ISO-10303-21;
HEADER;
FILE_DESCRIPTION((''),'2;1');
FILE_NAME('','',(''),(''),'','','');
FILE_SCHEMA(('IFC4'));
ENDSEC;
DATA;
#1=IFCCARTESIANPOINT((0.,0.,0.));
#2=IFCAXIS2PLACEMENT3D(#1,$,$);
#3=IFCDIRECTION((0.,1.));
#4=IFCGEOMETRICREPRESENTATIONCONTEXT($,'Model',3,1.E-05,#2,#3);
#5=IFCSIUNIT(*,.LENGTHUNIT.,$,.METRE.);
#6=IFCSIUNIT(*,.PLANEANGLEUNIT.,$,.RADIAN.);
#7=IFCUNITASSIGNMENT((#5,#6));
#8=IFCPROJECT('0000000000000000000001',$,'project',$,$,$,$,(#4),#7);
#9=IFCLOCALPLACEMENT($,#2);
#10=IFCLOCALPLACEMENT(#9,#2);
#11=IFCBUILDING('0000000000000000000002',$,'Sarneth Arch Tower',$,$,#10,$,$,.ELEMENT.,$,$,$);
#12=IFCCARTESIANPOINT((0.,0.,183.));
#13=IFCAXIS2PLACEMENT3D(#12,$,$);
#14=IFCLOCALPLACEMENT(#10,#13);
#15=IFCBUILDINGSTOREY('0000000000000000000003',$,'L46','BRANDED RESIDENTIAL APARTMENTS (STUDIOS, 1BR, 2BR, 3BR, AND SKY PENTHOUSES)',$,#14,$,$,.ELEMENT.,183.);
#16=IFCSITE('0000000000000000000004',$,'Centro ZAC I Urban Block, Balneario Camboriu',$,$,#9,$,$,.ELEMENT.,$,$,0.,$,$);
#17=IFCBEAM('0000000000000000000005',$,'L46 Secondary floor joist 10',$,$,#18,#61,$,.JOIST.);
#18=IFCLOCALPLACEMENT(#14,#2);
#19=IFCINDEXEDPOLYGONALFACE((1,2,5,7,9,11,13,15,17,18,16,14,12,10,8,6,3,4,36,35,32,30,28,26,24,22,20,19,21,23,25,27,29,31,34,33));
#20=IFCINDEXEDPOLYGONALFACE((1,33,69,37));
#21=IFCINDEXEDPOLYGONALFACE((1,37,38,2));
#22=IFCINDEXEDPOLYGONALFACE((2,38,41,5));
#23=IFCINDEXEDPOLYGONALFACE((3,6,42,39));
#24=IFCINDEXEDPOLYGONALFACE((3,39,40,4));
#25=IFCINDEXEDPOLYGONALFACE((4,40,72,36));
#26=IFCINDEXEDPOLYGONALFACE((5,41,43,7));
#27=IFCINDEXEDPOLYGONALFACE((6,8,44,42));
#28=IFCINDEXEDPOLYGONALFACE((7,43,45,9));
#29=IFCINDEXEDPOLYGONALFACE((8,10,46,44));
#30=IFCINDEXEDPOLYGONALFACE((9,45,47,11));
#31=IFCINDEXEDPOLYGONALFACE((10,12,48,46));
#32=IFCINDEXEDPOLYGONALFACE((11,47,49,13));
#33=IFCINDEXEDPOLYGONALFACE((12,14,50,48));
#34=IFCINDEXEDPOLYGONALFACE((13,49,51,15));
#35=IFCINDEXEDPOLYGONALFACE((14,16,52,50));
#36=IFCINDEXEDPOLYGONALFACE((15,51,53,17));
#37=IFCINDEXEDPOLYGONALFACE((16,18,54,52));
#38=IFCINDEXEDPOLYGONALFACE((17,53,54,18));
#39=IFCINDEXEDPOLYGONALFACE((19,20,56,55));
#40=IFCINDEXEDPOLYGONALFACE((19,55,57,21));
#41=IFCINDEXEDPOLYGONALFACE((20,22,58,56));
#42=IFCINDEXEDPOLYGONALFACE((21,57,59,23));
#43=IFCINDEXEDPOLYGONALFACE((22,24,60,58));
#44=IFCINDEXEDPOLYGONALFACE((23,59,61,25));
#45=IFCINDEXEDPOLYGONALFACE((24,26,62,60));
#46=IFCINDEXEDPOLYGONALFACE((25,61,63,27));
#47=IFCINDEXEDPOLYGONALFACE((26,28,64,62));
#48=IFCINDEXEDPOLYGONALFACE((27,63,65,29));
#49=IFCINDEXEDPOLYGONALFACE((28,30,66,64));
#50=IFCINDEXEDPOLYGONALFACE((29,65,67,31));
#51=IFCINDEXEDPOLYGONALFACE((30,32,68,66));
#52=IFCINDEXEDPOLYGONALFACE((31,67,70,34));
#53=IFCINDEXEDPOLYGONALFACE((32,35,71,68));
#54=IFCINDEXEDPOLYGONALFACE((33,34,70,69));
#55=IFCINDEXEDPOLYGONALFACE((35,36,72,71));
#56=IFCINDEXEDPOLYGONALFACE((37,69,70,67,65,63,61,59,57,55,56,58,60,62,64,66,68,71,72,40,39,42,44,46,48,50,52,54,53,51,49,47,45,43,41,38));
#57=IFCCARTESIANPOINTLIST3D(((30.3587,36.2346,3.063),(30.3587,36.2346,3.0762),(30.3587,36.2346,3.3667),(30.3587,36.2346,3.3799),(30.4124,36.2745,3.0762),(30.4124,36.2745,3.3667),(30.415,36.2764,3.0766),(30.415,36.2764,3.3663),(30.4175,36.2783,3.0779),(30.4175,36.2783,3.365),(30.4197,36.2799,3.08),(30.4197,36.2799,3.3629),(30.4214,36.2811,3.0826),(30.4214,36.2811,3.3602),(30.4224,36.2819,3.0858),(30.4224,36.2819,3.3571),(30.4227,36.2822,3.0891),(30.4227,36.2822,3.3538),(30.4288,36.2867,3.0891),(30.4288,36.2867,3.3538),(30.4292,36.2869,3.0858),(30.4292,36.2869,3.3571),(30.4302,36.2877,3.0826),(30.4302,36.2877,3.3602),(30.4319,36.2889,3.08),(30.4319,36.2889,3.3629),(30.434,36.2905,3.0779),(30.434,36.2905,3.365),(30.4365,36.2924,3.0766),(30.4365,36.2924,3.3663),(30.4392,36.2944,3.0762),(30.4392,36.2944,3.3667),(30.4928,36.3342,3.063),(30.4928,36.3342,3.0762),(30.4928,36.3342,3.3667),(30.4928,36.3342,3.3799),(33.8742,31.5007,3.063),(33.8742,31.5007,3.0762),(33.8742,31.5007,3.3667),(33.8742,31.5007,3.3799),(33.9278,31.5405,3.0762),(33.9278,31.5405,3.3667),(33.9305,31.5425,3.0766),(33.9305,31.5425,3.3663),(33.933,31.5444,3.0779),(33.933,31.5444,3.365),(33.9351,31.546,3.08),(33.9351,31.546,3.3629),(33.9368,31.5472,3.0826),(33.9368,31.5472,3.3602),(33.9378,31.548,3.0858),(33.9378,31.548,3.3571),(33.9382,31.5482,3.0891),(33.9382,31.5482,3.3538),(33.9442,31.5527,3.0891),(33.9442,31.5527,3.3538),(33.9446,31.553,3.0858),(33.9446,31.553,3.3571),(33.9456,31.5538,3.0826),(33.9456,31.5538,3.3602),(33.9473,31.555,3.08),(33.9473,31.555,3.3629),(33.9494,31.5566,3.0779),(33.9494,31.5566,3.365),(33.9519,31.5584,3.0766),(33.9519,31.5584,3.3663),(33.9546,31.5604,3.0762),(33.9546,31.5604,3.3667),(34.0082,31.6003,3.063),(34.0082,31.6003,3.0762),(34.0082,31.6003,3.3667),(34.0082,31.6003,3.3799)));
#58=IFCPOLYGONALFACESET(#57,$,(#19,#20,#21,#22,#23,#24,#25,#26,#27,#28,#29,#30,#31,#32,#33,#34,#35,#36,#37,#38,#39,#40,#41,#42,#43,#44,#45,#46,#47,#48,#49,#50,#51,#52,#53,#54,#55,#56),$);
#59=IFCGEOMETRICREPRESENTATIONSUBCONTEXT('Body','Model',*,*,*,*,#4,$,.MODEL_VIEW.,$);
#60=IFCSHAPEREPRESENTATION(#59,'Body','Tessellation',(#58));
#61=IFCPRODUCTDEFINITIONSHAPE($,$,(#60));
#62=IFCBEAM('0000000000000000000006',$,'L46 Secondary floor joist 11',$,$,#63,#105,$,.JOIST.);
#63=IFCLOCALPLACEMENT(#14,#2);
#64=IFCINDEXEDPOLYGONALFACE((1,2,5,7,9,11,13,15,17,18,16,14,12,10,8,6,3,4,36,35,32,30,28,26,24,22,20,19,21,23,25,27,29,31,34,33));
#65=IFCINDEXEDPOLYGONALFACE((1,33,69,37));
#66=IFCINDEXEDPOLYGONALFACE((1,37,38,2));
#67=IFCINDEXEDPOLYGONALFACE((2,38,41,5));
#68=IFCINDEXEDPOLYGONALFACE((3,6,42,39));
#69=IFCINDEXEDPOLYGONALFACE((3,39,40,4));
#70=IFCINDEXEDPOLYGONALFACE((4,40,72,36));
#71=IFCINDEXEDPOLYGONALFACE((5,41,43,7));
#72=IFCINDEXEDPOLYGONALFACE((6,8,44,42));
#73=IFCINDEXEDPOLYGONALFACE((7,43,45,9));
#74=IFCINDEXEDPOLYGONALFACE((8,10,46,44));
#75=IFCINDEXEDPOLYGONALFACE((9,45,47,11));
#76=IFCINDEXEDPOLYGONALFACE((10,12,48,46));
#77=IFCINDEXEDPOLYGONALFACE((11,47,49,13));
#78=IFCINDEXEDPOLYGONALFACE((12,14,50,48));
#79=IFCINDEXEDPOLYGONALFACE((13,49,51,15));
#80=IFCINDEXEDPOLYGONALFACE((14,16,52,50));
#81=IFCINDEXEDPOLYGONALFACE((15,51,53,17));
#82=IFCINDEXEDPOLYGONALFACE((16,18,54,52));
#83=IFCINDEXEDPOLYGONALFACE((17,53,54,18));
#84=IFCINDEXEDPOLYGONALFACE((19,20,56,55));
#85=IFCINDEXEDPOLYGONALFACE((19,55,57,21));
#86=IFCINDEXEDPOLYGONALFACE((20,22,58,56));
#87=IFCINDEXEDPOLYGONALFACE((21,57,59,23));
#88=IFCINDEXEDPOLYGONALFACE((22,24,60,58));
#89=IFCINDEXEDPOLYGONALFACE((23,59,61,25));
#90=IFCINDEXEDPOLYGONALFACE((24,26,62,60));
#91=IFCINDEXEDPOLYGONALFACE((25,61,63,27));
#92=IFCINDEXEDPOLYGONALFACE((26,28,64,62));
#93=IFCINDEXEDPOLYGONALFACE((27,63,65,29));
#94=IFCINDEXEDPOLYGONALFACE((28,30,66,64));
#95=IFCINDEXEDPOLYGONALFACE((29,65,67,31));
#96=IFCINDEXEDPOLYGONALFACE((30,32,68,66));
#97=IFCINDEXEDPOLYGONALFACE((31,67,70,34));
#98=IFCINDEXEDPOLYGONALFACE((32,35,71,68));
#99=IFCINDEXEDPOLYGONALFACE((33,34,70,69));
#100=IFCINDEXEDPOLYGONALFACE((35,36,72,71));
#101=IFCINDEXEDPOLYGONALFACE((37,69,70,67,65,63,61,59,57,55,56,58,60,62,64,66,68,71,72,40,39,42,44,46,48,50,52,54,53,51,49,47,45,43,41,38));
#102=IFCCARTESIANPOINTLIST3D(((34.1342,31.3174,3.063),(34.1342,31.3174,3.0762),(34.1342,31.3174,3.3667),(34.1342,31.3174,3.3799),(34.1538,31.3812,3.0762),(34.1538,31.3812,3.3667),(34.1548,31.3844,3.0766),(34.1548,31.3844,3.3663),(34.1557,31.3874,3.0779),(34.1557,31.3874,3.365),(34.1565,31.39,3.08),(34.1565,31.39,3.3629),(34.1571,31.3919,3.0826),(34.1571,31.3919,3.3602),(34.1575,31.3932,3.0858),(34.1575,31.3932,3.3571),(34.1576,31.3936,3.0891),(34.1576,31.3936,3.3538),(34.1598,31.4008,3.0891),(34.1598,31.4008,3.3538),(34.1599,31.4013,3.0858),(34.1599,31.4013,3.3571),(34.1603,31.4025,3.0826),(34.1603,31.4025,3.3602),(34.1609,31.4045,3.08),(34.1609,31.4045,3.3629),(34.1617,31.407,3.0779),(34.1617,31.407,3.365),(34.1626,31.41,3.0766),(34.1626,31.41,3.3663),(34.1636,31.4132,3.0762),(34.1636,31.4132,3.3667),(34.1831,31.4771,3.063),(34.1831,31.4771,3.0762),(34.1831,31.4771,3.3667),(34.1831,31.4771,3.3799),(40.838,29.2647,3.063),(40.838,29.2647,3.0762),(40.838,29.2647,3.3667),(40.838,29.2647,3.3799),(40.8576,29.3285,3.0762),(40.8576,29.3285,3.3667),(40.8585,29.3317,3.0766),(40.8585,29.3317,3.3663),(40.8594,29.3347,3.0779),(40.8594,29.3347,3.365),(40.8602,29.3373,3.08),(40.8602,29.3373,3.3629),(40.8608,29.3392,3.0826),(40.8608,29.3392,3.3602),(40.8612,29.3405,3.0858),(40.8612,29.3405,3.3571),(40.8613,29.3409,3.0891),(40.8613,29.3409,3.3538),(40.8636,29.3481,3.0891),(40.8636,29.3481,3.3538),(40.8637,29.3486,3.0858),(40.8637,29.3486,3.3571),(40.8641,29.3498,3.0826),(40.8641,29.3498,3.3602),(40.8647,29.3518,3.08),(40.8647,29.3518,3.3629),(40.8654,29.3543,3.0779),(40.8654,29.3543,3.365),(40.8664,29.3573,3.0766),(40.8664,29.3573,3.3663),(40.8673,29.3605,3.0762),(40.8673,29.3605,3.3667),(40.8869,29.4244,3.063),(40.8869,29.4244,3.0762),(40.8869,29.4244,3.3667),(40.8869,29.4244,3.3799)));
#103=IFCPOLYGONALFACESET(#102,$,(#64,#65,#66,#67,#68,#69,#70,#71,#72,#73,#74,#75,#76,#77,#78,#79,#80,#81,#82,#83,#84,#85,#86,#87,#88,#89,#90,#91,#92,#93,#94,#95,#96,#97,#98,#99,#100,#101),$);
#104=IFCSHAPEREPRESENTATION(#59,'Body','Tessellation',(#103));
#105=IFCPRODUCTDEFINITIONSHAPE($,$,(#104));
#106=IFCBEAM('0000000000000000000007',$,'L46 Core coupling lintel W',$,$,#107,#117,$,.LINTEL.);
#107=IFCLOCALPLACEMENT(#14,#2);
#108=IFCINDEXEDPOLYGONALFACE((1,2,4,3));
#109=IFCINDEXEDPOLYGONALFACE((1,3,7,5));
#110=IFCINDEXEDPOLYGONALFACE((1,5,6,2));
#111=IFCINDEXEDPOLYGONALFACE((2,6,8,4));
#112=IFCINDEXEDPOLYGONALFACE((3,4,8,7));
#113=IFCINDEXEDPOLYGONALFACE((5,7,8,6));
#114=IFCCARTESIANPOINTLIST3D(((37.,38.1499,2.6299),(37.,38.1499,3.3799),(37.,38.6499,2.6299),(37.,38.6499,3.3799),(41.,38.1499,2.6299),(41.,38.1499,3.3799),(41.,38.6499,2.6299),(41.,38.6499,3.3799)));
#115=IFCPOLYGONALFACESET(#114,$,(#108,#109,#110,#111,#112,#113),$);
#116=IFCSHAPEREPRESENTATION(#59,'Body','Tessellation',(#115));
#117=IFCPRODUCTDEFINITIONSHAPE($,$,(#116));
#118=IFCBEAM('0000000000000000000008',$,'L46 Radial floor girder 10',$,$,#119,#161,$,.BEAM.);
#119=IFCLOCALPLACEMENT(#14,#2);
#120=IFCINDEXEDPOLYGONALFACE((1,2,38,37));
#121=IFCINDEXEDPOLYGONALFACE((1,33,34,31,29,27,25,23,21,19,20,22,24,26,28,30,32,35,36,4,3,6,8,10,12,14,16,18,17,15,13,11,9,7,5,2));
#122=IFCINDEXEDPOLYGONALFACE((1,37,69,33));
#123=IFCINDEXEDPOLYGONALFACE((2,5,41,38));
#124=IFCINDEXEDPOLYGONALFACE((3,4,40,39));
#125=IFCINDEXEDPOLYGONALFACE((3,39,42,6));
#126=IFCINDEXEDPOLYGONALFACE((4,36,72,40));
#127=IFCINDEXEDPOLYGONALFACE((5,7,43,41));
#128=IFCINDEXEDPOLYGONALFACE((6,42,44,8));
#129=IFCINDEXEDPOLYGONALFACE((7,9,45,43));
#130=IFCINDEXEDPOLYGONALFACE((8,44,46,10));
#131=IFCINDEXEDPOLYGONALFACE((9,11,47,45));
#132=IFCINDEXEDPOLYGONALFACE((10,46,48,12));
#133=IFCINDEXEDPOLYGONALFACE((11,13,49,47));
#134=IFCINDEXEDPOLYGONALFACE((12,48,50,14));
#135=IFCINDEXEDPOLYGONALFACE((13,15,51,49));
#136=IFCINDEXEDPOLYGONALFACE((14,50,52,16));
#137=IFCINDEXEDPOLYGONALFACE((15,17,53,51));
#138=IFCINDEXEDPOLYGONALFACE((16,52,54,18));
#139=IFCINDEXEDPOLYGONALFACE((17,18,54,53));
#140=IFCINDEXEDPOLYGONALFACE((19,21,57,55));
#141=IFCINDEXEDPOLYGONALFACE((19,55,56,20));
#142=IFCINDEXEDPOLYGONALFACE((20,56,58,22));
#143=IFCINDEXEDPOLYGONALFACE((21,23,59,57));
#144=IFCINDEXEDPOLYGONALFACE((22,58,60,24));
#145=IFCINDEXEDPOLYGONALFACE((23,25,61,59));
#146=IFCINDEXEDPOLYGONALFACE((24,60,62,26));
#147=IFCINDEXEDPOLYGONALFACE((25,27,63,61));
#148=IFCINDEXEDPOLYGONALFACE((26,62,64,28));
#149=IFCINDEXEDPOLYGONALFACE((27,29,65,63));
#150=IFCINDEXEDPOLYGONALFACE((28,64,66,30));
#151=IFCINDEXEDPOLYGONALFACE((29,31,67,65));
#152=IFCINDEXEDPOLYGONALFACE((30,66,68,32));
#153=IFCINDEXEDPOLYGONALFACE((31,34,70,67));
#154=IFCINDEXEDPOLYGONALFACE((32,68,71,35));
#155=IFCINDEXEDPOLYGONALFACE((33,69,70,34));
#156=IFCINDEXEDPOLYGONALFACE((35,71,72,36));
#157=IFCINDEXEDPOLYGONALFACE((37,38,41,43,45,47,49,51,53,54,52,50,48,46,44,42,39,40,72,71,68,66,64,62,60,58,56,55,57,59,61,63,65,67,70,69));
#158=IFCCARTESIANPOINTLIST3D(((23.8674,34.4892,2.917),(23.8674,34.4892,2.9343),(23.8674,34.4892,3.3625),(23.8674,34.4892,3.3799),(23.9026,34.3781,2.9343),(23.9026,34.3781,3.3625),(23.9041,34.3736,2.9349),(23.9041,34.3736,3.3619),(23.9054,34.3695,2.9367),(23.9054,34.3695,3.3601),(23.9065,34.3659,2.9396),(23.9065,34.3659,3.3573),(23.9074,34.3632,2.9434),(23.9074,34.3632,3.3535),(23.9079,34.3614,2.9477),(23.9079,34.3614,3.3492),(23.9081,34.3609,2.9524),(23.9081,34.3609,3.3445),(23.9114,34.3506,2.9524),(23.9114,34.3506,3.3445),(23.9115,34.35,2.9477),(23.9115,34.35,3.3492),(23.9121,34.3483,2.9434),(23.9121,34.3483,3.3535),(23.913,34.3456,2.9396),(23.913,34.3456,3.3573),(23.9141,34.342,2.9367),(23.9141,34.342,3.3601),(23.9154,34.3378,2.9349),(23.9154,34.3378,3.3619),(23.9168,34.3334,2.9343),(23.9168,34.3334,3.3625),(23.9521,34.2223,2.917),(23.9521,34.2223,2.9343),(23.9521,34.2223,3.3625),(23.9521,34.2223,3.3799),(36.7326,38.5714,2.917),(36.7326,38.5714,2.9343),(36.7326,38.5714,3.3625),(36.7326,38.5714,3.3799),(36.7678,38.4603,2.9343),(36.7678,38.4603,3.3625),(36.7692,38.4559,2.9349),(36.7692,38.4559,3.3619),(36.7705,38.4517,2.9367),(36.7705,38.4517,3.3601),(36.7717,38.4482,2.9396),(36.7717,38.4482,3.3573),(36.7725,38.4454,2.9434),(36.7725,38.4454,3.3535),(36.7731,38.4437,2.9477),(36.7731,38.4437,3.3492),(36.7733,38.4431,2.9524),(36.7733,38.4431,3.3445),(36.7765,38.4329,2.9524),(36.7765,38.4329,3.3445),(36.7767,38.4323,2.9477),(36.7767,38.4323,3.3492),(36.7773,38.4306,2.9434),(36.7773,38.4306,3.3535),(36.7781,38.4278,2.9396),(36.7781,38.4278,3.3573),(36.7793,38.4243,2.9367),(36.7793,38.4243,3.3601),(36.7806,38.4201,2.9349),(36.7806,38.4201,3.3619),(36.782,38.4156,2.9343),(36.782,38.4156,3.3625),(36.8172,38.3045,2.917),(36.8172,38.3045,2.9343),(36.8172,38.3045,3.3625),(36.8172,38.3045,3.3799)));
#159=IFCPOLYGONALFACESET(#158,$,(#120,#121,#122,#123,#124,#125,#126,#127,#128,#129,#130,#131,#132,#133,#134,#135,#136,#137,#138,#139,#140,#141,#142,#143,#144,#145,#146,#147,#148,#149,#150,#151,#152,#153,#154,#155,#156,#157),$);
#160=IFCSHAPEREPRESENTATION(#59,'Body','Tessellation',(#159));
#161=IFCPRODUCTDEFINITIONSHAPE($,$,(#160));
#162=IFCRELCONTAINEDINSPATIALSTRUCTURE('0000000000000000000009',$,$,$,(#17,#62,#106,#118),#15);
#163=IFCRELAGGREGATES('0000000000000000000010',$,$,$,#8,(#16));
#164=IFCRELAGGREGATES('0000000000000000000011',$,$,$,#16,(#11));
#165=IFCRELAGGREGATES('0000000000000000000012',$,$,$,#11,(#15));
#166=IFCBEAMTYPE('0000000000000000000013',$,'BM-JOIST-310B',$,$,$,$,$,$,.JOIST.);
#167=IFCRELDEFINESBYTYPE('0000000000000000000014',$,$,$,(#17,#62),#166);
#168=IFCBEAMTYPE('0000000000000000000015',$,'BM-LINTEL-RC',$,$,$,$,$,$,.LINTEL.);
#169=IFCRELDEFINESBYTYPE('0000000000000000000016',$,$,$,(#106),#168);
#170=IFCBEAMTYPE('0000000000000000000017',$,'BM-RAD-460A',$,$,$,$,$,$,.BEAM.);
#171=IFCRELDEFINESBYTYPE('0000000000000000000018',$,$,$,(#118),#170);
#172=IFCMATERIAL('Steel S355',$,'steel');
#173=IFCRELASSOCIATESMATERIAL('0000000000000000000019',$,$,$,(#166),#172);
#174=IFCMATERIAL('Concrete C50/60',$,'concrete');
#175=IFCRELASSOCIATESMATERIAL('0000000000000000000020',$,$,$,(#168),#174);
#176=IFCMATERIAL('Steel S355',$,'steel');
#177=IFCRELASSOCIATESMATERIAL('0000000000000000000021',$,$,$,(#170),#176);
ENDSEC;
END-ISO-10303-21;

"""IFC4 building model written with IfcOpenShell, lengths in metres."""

from ifc_helpers import new_model, si_unit, direction, frame, origin, origin_2d, place, context, subcontext, project, spatial, rectangle, i_section, extrude, material, material_profile, profile_set, type_object, element, save


model = new_model("IFC4")

# Units and contexts
model_context = context("Model", 3, precision=1e-05, world=origin(), true_north=direction((0.0, 1.0)))
body_context = subcontext(model_context, "Body", "Model", "MODEL_VIEW")
ifc_project = project(units=[si_unit("LENGTHUNIT", "METRE"), si_unit("PLANEANGLEUNIT", "RADIAN")], contexts=[model_context])

# Site, building, storey
site_placement = place(None, origin())
site = spatial("IfcSite", under=ifc_project, at=site_placement, Name="Centro ZAC I Urban Block, Balneario Camboriu", CompositionType="ELEMENT", RefElevation=0.0)
building_placement = place(site_placement, origin())
building = spatial("IfcBuilding", under=site, at=building_placement, Name="Sarneth Arch Tower", CompositionType="ELEMENT")
storey_placement = place(building_placement, frame((0.0, 0.0, 183.0)))
storey = spatial("IfcBuildingStorey", under=building, at=storey_placement, Name="L46", Description="BRANDED RESIDENTIAL APARTMENTS (STUDIOS, 1BR, 2BR, 3BR, AND SKY PENTHOUSES)", CompositionType="ELEMENT", Elevation=183.0)

# Beams
ifc_material_1 = material(Name="Steel S355", Category="steel")
ifc_material_profile_1 = material_profile(ifc_material_1, i_section(OverallWidth=0.167, OverallDepth=0.3169, WebThickness=0.0076, FlangeThickness=0.0132, FilletRadius=0.0129, at=origin_2d()), Name="W310x52")
ifc_profile_set_1 = profile_set([ifc_material_profile_1], Name="Steel S355")
beam_type_1 = type_object("IfcBeamType", Name="BM-JOIST-310B", PredefinedType="JOIST", material=ifc_profile_set_1)
beam_1_placement = place(storey_placement, frame((30.4258, 36.2844, 3.2214), z_axis=(0.596191, -0.802843, 0.0), x_axis=(0.802843, 0.596191, 0.0)))
element("IfcBeam", 1, at=beam_1_placement, inside=storey, type_object=beam_type_1, Name="L46 Secondary floor joist 10", PredefinedType="JOIST", context=body_context, shape_type="SweptSolid", body=[
    extrude(i_section(OverallWidth=0.167, OverallDepth=0.3169, WebThickness=0.0076, FlangeThickness=0.0132, FilletRadius=0.0129, at=origin_2d()), origin(), (0.0, 0.0, 1.0), 5.8965),
])
beam_2_placement = place(storey_placement, frame((34.1587, 31.3972, 3.2214), z_axis=(0.956179, -0.292784, 0.0), x_axis=(0.292784, 0.956179, 0.0)))
element("IfcBeam", 2, at=beam_2_placement, inside=storey, type_object=beam_type_1, Name="L46 Secondary floor joist 11", PredefinedType="JOIST", context=body_context, shape_type="SweptSolid", body=[
    extrude(i_section(OverallWidth=0.167, OverallDepth=0.3169, WebThickness=0.0076, FlangeThickness=0.0132, FilletRadius=0.0129, at=origin_2d()), origin(), (0.0, 0.0, 1.0), 7.011),
])
ifc_material_2 = material(Name="Concrete C50/60", Category="concrete")
ifc_material_profile_2 = material_profile(ifc_material_2, rectangle(XDim=0.5, YDim=0.75, at=origin_2d()), Name="RC-500x750")
ifc_profile_set_2 = profile_set([ifc_material_profile_2], Name="Concrete C50/60")
beam_type_2 = type_object("IfcBeamType", Name="BM-LINTEL-RC", PredefinedType="LINTEL", material=ifc_profile_set_2)
beam_3_placement = place(storey_placement, frame((37.0, 38.3999, 3.0049), z_axis=(1.0, 0.0, 0.0), x_axis=(0.0, 1.0, 0.0)))
element("IfcBeam", 3, at=beam_3_placement, inside=storey, type_object=beam_type_2, Name="L46 Core coupling lintel W", PredefinedType="LINTEL", context=body_context, shape_type="SweptSolid", body=[
    extrude(rectangle(XDim=0.5, YDim=0.75, at=origin_2d()), origin(), (0.0, 0.0, 1.0), 4.0),
])
ifc_material_3 = material(Name="Steel S355", Category="steel")
ifc_material_profile_3 = material_profile(ifc_material_3, i_section(OverallWidth=0.28, OverallDepth=0.4629, WebThickness=0.0107, FlangeThickness=0.0173, FilletRadius=0.0181, at=origin_2d()), Name="W460x113")
ifc_profile_set_3 = profile_set([ifc_material_profile_3], Name="Steel S355")
beam_type_3 = type_object("IfcBeamType", Name="BM-RAD-460A", PredefinedType="BEAM", material=ifc_profile_set_3)
beam_4_placement = place(storey_placement, frame((36.7749, 38.438, 3.1484), z_axis=(-0.953165, -0.302449, 0.0), x_axis=(0.302449, -0.953165, 0.0)))
element("IfcBeam", 4, at=beam_4_placement, inside=storey, type_object=beam_type_3, Name="L46 Radial floor girder 10", PredefinedType="BEAM", context=body_context, shape_type="SweptSolid", body=[
    extrude(i_section(OverallWidth=0.28, OverallDepth=0.4629, WebThickness=0.0107, FlangeThickness=0.0173, FilletRadius=0.0181, at=origin_2d()), origin(), (0.0, 0.0, 1.0), 13.4973),
])

save(model, "model.ifc")
